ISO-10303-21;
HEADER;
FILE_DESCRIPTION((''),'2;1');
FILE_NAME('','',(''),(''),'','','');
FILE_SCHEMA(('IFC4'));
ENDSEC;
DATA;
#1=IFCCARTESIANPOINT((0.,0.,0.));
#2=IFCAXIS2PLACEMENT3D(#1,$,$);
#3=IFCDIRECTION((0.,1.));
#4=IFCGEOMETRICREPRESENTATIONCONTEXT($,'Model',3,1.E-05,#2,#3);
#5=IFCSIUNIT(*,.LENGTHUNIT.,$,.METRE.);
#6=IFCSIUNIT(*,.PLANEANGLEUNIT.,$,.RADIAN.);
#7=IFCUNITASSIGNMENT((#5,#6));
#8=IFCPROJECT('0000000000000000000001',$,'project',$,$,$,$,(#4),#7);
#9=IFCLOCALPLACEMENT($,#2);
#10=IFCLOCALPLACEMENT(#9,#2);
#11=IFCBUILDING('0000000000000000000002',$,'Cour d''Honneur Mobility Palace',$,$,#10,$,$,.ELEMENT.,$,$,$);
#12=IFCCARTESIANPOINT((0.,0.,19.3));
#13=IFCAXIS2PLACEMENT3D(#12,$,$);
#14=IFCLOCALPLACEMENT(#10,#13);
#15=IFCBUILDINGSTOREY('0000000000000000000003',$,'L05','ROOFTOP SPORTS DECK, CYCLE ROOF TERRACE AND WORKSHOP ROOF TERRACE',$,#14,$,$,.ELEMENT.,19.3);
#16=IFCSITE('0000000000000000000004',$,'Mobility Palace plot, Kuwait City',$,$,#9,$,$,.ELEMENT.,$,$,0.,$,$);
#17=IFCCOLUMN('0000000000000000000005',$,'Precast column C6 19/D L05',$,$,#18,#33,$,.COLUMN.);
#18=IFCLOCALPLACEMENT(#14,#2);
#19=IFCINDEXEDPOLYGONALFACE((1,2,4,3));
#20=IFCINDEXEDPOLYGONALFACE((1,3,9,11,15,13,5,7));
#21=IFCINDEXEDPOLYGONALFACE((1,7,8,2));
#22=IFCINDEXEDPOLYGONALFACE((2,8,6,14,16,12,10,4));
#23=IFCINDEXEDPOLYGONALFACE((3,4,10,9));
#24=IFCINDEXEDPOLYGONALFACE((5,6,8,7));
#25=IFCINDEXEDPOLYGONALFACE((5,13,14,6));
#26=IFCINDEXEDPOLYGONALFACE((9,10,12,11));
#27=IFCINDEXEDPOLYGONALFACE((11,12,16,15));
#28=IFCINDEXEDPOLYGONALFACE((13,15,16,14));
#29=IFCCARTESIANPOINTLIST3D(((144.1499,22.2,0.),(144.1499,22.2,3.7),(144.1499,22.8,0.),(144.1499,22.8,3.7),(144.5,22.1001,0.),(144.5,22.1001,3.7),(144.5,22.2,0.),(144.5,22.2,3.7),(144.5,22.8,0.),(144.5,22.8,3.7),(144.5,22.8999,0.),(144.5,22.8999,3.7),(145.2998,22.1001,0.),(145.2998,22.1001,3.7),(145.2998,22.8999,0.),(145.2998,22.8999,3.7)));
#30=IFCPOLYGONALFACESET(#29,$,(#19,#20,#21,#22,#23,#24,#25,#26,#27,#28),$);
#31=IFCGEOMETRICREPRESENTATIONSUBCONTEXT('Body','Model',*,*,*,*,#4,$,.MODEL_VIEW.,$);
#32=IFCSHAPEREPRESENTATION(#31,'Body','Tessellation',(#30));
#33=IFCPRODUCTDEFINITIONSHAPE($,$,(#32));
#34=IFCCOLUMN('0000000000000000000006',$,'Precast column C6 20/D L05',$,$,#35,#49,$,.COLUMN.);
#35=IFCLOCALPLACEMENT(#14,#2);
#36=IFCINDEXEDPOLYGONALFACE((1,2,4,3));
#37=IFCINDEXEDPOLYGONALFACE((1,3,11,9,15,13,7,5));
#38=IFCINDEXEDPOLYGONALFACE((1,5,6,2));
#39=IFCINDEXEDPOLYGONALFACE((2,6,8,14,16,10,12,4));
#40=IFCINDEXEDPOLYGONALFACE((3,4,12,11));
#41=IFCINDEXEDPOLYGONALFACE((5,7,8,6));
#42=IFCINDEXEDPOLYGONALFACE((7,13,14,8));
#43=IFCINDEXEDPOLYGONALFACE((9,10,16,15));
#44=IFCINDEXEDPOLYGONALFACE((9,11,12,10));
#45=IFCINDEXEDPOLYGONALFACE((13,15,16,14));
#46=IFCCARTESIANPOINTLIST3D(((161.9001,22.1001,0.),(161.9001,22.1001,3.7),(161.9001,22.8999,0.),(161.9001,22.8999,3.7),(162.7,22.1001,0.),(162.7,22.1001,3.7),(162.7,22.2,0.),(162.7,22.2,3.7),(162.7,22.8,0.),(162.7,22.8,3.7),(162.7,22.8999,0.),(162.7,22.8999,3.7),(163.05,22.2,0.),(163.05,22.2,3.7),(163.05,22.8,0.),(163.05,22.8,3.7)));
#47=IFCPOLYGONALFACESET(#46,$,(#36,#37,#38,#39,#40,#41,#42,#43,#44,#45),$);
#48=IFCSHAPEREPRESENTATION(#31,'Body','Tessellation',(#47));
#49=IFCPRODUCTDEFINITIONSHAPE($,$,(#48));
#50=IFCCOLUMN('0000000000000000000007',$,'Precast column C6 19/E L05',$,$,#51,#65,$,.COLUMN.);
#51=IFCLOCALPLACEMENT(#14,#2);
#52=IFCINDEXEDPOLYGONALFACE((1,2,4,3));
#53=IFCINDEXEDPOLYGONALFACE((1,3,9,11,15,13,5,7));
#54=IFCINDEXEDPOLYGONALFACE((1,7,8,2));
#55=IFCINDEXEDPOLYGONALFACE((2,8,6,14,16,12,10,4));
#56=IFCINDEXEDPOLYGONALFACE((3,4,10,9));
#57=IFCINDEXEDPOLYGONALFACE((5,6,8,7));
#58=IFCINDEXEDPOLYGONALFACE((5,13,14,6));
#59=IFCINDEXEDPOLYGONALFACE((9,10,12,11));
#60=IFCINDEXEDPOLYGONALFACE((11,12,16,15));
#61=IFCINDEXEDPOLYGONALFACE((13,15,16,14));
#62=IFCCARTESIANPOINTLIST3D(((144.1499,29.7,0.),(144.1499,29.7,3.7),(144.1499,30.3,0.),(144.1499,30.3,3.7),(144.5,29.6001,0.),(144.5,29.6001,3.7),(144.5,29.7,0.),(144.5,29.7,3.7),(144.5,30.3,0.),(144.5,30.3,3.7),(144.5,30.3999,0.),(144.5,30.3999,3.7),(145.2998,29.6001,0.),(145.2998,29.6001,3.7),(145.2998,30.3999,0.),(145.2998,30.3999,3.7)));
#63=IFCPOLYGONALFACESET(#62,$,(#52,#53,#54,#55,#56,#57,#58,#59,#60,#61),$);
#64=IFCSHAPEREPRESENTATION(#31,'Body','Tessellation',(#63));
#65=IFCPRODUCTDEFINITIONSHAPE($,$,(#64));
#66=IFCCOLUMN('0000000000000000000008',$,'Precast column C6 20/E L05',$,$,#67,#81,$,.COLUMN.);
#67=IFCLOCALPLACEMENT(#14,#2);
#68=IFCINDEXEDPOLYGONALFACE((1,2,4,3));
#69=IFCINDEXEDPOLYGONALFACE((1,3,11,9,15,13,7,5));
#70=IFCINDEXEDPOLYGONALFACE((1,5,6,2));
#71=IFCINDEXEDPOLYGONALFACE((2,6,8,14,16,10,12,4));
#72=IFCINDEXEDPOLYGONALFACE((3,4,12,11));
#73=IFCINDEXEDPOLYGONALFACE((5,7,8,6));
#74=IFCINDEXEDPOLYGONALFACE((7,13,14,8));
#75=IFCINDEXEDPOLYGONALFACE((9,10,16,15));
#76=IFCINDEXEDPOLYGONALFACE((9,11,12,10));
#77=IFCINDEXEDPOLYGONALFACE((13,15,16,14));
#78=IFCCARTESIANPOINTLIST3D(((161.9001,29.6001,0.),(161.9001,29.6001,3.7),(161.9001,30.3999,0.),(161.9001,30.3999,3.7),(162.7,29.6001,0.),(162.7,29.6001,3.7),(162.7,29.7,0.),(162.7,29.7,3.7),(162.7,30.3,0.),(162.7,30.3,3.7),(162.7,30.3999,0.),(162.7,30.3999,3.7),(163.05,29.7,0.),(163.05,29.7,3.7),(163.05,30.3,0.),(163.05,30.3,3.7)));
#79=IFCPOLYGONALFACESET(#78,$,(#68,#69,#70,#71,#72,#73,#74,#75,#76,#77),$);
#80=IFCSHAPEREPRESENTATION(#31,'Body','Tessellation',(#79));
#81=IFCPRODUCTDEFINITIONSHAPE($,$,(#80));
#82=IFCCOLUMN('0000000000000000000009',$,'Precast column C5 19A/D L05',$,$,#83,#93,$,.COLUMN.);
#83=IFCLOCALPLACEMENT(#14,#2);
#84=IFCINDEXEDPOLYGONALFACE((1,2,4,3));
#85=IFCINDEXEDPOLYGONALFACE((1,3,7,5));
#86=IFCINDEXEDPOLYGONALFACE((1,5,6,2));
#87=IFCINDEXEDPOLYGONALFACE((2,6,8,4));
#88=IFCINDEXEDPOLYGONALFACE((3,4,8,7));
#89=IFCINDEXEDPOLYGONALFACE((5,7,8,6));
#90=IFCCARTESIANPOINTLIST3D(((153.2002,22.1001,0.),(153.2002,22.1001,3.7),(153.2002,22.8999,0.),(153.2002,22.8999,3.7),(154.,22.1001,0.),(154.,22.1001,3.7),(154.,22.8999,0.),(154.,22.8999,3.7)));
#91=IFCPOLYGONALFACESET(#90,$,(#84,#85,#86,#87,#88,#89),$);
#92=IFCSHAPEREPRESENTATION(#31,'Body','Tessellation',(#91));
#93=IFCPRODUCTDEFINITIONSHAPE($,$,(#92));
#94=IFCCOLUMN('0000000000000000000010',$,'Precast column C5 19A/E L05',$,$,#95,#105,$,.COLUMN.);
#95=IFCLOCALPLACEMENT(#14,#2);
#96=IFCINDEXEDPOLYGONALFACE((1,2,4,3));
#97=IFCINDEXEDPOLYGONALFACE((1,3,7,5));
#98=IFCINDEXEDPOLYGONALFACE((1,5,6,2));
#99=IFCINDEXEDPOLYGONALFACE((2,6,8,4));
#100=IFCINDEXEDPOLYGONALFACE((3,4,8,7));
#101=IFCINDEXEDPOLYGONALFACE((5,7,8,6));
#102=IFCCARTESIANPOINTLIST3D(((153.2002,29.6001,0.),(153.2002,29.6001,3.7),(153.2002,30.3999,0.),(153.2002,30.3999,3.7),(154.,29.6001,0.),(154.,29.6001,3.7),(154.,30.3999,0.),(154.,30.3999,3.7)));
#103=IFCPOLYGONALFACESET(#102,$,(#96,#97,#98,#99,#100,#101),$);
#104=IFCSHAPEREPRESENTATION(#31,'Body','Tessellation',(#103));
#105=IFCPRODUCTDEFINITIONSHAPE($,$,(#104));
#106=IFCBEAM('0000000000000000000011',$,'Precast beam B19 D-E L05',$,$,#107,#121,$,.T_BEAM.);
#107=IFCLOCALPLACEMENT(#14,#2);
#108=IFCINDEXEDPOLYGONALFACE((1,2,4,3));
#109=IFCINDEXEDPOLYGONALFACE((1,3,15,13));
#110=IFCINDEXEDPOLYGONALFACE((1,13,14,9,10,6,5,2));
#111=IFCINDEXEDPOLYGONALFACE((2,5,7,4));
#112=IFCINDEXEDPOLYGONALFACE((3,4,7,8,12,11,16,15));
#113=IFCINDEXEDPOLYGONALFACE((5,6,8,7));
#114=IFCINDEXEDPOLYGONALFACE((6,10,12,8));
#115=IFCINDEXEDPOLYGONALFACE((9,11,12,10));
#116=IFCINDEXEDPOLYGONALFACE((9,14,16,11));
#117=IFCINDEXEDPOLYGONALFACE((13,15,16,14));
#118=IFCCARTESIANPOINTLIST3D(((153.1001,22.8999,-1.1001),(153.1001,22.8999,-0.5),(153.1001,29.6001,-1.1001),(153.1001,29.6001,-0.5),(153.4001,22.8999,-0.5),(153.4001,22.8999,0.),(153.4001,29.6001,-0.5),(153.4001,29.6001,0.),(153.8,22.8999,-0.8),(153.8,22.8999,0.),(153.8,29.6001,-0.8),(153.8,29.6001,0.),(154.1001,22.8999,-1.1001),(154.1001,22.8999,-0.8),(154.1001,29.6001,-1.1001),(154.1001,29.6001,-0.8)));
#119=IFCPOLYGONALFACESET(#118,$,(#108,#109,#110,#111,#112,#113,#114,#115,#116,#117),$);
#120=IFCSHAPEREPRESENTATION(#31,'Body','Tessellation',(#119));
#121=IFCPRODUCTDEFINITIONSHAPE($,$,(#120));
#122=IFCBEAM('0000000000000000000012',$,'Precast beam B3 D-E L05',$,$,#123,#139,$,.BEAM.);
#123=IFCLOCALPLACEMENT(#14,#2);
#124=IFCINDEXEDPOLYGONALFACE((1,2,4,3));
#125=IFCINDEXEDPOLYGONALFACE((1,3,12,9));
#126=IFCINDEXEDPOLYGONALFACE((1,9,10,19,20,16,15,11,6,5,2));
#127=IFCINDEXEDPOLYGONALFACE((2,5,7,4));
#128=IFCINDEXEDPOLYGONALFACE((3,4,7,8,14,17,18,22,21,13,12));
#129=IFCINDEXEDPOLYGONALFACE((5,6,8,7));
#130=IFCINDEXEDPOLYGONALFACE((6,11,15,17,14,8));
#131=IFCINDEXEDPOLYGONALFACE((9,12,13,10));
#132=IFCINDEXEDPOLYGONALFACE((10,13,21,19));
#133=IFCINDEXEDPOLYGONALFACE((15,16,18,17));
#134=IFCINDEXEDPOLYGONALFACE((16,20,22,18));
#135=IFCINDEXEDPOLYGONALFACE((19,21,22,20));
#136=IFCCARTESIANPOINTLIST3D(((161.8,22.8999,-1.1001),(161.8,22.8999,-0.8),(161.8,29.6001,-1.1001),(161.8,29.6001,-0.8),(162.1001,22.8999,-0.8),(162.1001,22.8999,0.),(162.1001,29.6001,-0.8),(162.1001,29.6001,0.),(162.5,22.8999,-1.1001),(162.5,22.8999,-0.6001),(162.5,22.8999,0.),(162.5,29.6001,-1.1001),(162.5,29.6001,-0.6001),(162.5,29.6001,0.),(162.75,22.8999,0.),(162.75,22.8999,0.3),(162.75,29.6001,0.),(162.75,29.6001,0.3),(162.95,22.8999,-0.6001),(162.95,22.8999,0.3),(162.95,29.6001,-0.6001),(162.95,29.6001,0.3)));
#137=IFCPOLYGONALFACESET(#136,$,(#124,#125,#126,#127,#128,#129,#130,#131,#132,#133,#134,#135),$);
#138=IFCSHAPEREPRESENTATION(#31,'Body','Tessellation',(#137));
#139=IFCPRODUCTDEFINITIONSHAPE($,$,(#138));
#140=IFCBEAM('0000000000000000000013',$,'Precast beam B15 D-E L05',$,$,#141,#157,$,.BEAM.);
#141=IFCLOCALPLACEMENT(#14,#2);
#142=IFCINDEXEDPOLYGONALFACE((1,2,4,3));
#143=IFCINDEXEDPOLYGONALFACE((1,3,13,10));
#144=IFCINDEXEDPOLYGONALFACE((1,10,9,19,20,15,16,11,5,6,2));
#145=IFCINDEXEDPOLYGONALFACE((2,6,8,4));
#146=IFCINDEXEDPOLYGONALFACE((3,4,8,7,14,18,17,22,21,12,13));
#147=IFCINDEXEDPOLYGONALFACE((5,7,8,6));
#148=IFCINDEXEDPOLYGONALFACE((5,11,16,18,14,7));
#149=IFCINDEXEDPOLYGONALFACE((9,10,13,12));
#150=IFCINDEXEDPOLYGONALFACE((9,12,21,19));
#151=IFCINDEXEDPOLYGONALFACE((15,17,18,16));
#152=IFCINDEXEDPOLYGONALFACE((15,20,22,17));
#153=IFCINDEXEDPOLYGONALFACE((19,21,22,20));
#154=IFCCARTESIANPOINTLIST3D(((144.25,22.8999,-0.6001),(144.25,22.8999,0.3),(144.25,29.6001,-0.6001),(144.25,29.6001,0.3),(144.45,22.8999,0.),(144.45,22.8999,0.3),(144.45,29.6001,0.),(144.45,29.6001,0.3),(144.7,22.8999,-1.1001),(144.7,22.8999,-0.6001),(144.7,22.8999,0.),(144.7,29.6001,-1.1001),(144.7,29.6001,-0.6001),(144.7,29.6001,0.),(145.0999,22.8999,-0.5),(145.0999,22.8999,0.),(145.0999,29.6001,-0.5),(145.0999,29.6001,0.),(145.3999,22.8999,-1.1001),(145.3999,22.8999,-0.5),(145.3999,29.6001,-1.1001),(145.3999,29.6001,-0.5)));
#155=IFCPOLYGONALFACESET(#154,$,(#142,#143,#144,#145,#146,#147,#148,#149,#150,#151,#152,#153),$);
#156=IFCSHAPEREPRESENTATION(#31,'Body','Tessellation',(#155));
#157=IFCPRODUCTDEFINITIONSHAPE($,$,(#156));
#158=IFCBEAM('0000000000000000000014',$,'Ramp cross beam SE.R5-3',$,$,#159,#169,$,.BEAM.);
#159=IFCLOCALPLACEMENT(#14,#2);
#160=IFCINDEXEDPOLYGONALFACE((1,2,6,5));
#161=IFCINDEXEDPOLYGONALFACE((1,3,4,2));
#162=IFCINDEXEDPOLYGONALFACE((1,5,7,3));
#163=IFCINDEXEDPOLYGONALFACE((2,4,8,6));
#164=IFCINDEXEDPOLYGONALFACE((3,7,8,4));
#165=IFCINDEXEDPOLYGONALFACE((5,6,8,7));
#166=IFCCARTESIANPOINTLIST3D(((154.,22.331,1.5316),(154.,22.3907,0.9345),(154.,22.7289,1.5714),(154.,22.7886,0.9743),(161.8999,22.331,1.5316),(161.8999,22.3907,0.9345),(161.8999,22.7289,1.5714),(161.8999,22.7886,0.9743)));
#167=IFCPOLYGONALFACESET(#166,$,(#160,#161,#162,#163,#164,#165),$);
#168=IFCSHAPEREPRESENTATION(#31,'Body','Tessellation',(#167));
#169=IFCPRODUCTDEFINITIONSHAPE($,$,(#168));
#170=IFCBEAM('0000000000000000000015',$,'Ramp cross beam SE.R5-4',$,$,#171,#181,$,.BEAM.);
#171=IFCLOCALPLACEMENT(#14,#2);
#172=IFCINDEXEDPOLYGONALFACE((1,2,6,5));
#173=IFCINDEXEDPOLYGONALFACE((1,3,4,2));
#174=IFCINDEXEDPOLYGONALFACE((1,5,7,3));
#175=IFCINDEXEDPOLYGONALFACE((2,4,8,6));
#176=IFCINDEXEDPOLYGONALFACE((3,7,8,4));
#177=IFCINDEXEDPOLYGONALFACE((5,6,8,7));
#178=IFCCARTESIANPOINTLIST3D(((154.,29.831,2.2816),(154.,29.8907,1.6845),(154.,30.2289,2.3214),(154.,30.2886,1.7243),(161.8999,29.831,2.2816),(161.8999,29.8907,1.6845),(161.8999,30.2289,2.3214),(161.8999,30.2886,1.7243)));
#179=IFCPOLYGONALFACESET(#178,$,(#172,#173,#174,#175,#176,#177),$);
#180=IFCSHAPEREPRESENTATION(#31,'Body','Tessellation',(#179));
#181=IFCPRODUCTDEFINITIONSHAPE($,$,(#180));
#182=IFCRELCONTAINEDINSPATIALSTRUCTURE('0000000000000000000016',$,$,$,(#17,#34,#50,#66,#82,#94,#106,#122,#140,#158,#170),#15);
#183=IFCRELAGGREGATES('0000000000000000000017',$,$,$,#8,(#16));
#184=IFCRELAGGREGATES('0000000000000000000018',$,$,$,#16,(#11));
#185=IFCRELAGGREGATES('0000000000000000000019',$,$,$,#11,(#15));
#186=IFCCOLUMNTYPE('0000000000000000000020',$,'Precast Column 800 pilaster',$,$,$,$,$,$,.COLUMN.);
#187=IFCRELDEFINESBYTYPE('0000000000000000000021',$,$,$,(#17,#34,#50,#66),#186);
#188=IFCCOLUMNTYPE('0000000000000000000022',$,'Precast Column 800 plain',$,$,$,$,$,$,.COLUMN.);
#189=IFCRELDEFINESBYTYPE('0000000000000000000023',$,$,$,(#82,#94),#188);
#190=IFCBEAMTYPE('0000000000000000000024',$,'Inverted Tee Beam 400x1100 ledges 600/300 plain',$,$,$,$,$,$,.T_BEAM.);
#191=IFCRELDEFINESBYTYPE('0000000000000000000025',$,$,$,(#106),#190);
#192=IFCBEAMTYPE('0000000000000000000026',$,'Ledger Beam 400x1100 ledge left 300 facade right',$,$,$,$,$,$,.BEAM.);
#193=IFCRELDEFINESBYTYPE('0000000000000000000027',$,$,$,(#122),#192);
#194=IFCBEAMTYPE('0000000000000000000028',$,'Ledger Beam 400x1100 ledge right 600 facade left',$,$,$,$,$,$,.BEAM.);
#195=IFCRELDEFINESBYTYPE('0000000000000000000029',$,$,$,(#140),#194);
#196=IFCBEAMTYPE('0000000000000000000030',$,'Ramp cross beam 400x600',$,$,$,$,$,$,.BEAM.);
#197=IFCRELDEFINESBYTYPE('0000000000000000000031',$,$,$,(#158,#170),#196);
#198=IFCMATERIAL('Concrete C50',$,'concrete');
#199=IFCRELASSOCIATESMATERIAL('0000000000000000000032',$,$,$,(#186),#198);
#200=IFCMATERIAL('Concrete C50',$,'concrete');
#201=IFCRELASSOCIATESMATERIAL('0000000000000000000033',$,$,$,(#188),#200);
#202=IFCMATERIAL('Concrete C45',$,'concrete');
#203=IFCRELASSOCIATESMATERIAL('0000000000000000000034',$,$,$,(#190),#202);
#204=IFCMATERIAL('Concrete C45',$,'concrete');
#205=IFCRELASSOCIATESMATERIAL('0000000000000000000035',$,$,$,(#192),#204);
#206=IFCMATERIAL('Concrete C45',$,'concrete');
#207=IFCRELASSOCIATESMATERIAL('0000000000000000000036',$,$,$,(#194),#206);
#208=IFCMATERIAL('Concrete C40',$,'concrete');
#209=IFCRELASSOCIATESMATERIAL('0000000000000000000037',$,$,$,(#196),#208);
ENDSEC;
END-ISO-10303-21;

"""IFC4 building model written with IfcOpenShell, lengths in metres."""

from ifc_helpers import new_model, si_unit, direction, frame, origin, origin_2d, place, context, subcontext, project, spatial, polyline, rectangle, outline, extrude, material, material_profile, profile_set, type_object, element, save


model = new_model("IFC4")

# Units and contexts
model_context = context("Model", 3, precision=1e-05, world=origin(), true_north=direction((0.0, 1.0)))
body_context = subcontext(model_context, "Body", "Model", "MODEL_VIEW")
ifc_project = project(units=[si_unit("LENGTHUNIT", "METRE"), si_unit("PLANEANGLEUNIT", "RADIAN")], contexts=[model_context])

# Site, building, storey
site_placement = place(None, origin())
site = spatial("IfcSite", under=ifc_project, at=site_placement, Name="Mobility Palace plot, Kuwait City", CompositionType="ELEMENT", RefElevation=0.0)
building_placement = place(site_placement, origin())
building = spatial("IfcBuilding", under=site, at=building_placement, Name="Cour d'Honneur Mobility Palace", CompositionType="ELEMENT")
storey_placement = place(building_placement, frame((0.0, 0.0, 19.3)))
storey = spatial("IfcBuildingStorey", under=building, at=storey_placement, Name="L05", Description="ROOFTOP SPORTS DECK, CYCLE ROOF TERRACE AND WORKSHOP ROOF TERRACE", CompositionType="ELEMENT", Elevation=19.3)

# Columns
ifc_material_1 = material(Name="Concrete C50", Category="concrete")
ifc_material_profile_1 = material_profile(ifc_material_1, outline(polyline([(-0.3999, -0.3999), (0.3999, -0.3999), (0.3999, -0.3), (0.75, -0.3), (0.75, 0.3), (0.3999, 0.3), (0.3999, 0.3999), (-0.3999, 0.3999), (-0.3999, -0.3999)])), Name="PC C800 pilaster")
ifc_profile_set_1 = profile_set([ifc_material_profile_1], Name="Concrete C50")
column_type_1 = type_object("IfcColumnType", Name="Precast Column 800 pilaster", PredefinedType="COLUMN", material=ifc_profile_set_1)
for number, where, z_axis, x_axis, name in (
    (1, (144.8999, 22.5, 0.0), (0.0, 0.0, 1.0), (-1.0, 0.0, 0.0), "Precast column C6 19/D L05"),
    (2, (162.3, 22.5, 0.0), (0.0, 0.0, 1.0), (1.0, 0.0, 0.0), "Precast column C6 20/D L05"),
    (3, (144.8999, 30.0, 0.0), (0.0, 0.0, 1.0), (-1.0, 0.0, 0.0), "Precast column C6 19/E L05"),
    (4, (162.3, 30.0, 0.0), (0.0, 0.0, 1.0), (1.0, 0.0, 0.0), "Precast column C6 20/E L05"),
):
    element("IfcColumn", number, at=place(storey_placement, frame(where, z_axis=z_axis, x_axis=x_axis)), inside=storey, type_object=column_type_1, Name=name, PredefinedType="COLUMN", context=body_context, shape_type="SweptSolid", body=[
        extrude(outline(polyline([(-0.3999, -0.3999), (0.3999, -0.3999), (0.3999, -0.3), (0.75, -0.3), (0.75, 0.3), (0.3999, 0.3), (0.3999, 0.3999), (-0.3999, 0.3999), (-0.3999, -0.3999)])), origin(), (0.0, 0.0, 1.0), 3.7),
    ])
ifc_material_2 = material(Name="Concrete C50", Category="concrete")
ifc_material_profile_2 = material_profile(ifc_material_2, outline(polyline([(-0.3999, -0.3999), (0.3999, -0.3999), (0.3999, 0.3999), (-0.3999, 0.3999), (-0.3999, -0.3999)])), Name="PC C800 plain")
ifc_profile_set_2 = profile_set([ifc_material_profile_2], Name="Concrete C50")
column_type_2 = type_object("IfcColumnType", Name="Precast Column 800 plain", PredefinedType="COLUMN", material=ifc_profile_set_2)
for number, where, z_axis, x_axis, name in (
    (5, (153.6001, 22.5, 0.0), (0.0, 0.0, 1.0), (1.0, 0.0, 0.0), "Precast column C5 19A/D L05"),
    (6, (153.6001, 30.0, 0.0), (0.0, 0.0, 1.0), (1.0, 0.0, 0.0), "Precast column C5 19A/E L05"),
):
    element("IfcColumn", number, at=place(storey_placement, frame(where, z_axis=z_axis, x_axis=x_axis)), inside=storey, type_object=column_type_2, Name=name, PredefinedType="COLUMN", context=body_context, shape_type="SweptSolid", body=[
        extrude(outline(polyline([(-0.3999, -0.3999), (0.3999, -0.3999), (0.3999, 0.3999), (-0.3999, 0.3999), (-0.3999, -0.3999)])), origin(), (0.0, 0.0, 1.0), 3.7),
    ])

# Beams
ifc_material_3 = material(Name="Concrete C45", Category="concrete")
ifc_material_profile_3 = material_profile(ifc_material_3, outline(polyline([(0.5, -1.1001), (0.5, -0.5), (0.2, -0.5), (0.2, 0.0), (-0.2, 0.0), (-0.2, -0.8), (-0.5, -0.8), (-0.5, -1.1001), (0.5, -1.1001)])), Name="Inverted Tee Beam 400x1100 ledges 600/300 plain")
ifc_profile_set_3 = profile_set([ifc_material_profile_3], Name="Concrete C45")
beam_type_1 = type_object("IfcBeamType", Name="Inverted Tee Beam 400x1100 ledges 600/300 plain", PredefinedType="T_BEAM", material=ifc_profile_set_3)
beam_1_placement = place(storey_placement, frame((153.6001, 22.8999, 0.0), z_axis=(0.0, 1.0, 0.0), x_axis=(-1.0, 0.0, 0.0)))
element("IfcBeam", 7, at=beam_1_placement, inside=storey, type_object=beam_type_1, Name="Precast beam B19 D-E L05", PredefinedType="T_BEAM", context=body_context, shape_type="SweptSolid", body=[
    extrude(outline(polyline([(0.5, -1.1001), (0.5, -0.5), (0.2, -0.5), (0.2, 0.0), (-0.2, 0.0), (-0.2, -0.8), (-0.5, -0.8), (-0.5, -1.1001), (0.5, -1.1001)])), origin(), (0.0, 0.0, 1.0), 6.7002),
])
ifc_material_4 = material(Name="Concrete C45", Category="concrete")
ifc_material_profile_4 = material_profile(ifc_material_4, outline(polyline([(0.5, -1.1001), (0.5, -0.8), (0.2, -0.8), (0.2, 0.0), (-0.2, 0.0), (-0.45, 0.0), (-0.45, 0.3), (-0.6499, 0.3), (-0.6499, -0.6001), (-0.2, -0.6001), (-0.2, -1.1001), (0.5, -1.1001)])), Name="Ledger Beam 400x1100 ledge left 300 facade right")
ifc_profile_set_4 = profile_set([ifc_material_profile_4], Name="Concrete C45")
beam_type_2 = type_object("IfcBeamType", Name="Ledger Beam 400x1100 ledge left 300 facade right", PredefinedType="BEAM", material=ifc_profile_set_4)
beam_2_placement = place(storey_placement, frame((162.3, 22.8999, 0.0), z_axis=(0.0, 1.0, 0.0), x_axis=(-1.0, 0.0, 0.0)))
element("IfcBeam", 8, at=beam_2_placement, inside=storey, type_object=beam_type_2, Name="Precast beam B3 D-E L05", PredefinedType="BEAM", context=body_context, shape_type="SweptSolid", body=[
    extrude(outline(polyline([(0.5, -1.1001), (0.5, -0.8), (0.2, -0.8), (0.2, 0.0), (-0.2, 0.0), (-0.45, 0.0), (-0.45, 0.3), (-0.6499, 0.3), (-0.6499, -0.6001), (-0.2, -0.6001), (-0.2, -1.1001), (0.5, -1.1001)])), origin(), (0.0, 0.0, 1.0), 6.7002),
])
ifc_material_5 = material(Name="Concrete C45", Category="concrete")
ifc_material_profile_5 = material_profile(ifc_material_5, outline(polyline([(0.2, -1.1001), (0.2, -0.6001), (0.6499, -0.6001), (0.6499, 0.3), (0.45, 0.3), (0.45, 0.0), (0.2, 0.0), (-0.2, 0.0), (-0.2, -0.5), (-0.5, -0.5), (-0.5, -1.1001), (0.2, -1.1001)])), Name="Ledger Beam 400x1100 ledge right 600 facade left")
ifc_profile_set_5 = profile_set([ifc_material_profile_5], Name="Concrete C45")
beam_type_3 = type_object("IfcBeamType", Name="Ledger Beam 400x1100 ledge right 600 facade left", PredefinedType="BEAM", material=ifc_profile_set_5)
beam_3_placement = place(storey_placement, frame((144.8999, 22.8999, 0.0), z_axis=(0.0, 1.0, 0.0), x_axis=(-1.0, 0.0, 0.0)))
element("IfcBeam", 9, at=beam_3_placement, inside=storey, type_object=beam_type_3, Name="Precast beam B15 D-E L05", PredefinedType="BEAM", context=body_context, shape_type="SweptSolid", body=[
    extrude(outline(polyline([(0.2, -1.1001), (0.2, -0.6001), (0.6499, -0.6001), (0.6499, 0.3), (0.45, 0.3), (0.45, 0.0), (0.2, 0.0), (-0.2, 0.0), (-0.2, -0.5), (-0.5, -0.5), (-0.5, -1.1001), (0.2, -1.1001)])), origin(), (0.0, 0.0, 1.0), 6.7002),
])
ifc_material_6 = material(Name="Concrete C40", Category="concrete")
ifc_material_profile_6 = material_profile(ifc_material_6, rectangle(XDim=0.3999, YDim=0.6001, at=origin_2d()), Name="Ramp cross beam 400x600")
ifc_profile_set_6 = profile_set([ifc_material_profile_6], Name="Concrete C40")
beam_type_4 = type_object("IfcBeamType", Name="Ramp cross beam 400x600", PredefinedType="BEAM", material=ifc_profile_set_6)
for number, where, z_axis, x_axis, name in (
    (10, (161.8999, 22.5598, 1.2529), (-1.0, 0.0, 0.0), (0.0, -0.995037, -0.099504), "Ramp cross beam SE.R5-3"),
    (11, (161.8999, 30.0598, 2.0029), (-1.0, 0.0, 0.0), (0.0, -0.995037, -0.099504), "Ramp cross beam SE.R5-4"),
):
    element("IfcBeam", number, at=place(storey_placement, frame(where, z_axis=z_axis, x_axis=x_axis)), inside=storey, type_object=beam_type_4, Name=name, PredefinedType="BEAM", context=body_context, shape_type="SweptSolid", body=[
        extrude(rectangle(XDim=0.3999, YDim=0.6001, at=origin_2d()), origin(), (0.0, 0.0, 1.0), 7.8999),
    ])

save(model, "model.ifc")
